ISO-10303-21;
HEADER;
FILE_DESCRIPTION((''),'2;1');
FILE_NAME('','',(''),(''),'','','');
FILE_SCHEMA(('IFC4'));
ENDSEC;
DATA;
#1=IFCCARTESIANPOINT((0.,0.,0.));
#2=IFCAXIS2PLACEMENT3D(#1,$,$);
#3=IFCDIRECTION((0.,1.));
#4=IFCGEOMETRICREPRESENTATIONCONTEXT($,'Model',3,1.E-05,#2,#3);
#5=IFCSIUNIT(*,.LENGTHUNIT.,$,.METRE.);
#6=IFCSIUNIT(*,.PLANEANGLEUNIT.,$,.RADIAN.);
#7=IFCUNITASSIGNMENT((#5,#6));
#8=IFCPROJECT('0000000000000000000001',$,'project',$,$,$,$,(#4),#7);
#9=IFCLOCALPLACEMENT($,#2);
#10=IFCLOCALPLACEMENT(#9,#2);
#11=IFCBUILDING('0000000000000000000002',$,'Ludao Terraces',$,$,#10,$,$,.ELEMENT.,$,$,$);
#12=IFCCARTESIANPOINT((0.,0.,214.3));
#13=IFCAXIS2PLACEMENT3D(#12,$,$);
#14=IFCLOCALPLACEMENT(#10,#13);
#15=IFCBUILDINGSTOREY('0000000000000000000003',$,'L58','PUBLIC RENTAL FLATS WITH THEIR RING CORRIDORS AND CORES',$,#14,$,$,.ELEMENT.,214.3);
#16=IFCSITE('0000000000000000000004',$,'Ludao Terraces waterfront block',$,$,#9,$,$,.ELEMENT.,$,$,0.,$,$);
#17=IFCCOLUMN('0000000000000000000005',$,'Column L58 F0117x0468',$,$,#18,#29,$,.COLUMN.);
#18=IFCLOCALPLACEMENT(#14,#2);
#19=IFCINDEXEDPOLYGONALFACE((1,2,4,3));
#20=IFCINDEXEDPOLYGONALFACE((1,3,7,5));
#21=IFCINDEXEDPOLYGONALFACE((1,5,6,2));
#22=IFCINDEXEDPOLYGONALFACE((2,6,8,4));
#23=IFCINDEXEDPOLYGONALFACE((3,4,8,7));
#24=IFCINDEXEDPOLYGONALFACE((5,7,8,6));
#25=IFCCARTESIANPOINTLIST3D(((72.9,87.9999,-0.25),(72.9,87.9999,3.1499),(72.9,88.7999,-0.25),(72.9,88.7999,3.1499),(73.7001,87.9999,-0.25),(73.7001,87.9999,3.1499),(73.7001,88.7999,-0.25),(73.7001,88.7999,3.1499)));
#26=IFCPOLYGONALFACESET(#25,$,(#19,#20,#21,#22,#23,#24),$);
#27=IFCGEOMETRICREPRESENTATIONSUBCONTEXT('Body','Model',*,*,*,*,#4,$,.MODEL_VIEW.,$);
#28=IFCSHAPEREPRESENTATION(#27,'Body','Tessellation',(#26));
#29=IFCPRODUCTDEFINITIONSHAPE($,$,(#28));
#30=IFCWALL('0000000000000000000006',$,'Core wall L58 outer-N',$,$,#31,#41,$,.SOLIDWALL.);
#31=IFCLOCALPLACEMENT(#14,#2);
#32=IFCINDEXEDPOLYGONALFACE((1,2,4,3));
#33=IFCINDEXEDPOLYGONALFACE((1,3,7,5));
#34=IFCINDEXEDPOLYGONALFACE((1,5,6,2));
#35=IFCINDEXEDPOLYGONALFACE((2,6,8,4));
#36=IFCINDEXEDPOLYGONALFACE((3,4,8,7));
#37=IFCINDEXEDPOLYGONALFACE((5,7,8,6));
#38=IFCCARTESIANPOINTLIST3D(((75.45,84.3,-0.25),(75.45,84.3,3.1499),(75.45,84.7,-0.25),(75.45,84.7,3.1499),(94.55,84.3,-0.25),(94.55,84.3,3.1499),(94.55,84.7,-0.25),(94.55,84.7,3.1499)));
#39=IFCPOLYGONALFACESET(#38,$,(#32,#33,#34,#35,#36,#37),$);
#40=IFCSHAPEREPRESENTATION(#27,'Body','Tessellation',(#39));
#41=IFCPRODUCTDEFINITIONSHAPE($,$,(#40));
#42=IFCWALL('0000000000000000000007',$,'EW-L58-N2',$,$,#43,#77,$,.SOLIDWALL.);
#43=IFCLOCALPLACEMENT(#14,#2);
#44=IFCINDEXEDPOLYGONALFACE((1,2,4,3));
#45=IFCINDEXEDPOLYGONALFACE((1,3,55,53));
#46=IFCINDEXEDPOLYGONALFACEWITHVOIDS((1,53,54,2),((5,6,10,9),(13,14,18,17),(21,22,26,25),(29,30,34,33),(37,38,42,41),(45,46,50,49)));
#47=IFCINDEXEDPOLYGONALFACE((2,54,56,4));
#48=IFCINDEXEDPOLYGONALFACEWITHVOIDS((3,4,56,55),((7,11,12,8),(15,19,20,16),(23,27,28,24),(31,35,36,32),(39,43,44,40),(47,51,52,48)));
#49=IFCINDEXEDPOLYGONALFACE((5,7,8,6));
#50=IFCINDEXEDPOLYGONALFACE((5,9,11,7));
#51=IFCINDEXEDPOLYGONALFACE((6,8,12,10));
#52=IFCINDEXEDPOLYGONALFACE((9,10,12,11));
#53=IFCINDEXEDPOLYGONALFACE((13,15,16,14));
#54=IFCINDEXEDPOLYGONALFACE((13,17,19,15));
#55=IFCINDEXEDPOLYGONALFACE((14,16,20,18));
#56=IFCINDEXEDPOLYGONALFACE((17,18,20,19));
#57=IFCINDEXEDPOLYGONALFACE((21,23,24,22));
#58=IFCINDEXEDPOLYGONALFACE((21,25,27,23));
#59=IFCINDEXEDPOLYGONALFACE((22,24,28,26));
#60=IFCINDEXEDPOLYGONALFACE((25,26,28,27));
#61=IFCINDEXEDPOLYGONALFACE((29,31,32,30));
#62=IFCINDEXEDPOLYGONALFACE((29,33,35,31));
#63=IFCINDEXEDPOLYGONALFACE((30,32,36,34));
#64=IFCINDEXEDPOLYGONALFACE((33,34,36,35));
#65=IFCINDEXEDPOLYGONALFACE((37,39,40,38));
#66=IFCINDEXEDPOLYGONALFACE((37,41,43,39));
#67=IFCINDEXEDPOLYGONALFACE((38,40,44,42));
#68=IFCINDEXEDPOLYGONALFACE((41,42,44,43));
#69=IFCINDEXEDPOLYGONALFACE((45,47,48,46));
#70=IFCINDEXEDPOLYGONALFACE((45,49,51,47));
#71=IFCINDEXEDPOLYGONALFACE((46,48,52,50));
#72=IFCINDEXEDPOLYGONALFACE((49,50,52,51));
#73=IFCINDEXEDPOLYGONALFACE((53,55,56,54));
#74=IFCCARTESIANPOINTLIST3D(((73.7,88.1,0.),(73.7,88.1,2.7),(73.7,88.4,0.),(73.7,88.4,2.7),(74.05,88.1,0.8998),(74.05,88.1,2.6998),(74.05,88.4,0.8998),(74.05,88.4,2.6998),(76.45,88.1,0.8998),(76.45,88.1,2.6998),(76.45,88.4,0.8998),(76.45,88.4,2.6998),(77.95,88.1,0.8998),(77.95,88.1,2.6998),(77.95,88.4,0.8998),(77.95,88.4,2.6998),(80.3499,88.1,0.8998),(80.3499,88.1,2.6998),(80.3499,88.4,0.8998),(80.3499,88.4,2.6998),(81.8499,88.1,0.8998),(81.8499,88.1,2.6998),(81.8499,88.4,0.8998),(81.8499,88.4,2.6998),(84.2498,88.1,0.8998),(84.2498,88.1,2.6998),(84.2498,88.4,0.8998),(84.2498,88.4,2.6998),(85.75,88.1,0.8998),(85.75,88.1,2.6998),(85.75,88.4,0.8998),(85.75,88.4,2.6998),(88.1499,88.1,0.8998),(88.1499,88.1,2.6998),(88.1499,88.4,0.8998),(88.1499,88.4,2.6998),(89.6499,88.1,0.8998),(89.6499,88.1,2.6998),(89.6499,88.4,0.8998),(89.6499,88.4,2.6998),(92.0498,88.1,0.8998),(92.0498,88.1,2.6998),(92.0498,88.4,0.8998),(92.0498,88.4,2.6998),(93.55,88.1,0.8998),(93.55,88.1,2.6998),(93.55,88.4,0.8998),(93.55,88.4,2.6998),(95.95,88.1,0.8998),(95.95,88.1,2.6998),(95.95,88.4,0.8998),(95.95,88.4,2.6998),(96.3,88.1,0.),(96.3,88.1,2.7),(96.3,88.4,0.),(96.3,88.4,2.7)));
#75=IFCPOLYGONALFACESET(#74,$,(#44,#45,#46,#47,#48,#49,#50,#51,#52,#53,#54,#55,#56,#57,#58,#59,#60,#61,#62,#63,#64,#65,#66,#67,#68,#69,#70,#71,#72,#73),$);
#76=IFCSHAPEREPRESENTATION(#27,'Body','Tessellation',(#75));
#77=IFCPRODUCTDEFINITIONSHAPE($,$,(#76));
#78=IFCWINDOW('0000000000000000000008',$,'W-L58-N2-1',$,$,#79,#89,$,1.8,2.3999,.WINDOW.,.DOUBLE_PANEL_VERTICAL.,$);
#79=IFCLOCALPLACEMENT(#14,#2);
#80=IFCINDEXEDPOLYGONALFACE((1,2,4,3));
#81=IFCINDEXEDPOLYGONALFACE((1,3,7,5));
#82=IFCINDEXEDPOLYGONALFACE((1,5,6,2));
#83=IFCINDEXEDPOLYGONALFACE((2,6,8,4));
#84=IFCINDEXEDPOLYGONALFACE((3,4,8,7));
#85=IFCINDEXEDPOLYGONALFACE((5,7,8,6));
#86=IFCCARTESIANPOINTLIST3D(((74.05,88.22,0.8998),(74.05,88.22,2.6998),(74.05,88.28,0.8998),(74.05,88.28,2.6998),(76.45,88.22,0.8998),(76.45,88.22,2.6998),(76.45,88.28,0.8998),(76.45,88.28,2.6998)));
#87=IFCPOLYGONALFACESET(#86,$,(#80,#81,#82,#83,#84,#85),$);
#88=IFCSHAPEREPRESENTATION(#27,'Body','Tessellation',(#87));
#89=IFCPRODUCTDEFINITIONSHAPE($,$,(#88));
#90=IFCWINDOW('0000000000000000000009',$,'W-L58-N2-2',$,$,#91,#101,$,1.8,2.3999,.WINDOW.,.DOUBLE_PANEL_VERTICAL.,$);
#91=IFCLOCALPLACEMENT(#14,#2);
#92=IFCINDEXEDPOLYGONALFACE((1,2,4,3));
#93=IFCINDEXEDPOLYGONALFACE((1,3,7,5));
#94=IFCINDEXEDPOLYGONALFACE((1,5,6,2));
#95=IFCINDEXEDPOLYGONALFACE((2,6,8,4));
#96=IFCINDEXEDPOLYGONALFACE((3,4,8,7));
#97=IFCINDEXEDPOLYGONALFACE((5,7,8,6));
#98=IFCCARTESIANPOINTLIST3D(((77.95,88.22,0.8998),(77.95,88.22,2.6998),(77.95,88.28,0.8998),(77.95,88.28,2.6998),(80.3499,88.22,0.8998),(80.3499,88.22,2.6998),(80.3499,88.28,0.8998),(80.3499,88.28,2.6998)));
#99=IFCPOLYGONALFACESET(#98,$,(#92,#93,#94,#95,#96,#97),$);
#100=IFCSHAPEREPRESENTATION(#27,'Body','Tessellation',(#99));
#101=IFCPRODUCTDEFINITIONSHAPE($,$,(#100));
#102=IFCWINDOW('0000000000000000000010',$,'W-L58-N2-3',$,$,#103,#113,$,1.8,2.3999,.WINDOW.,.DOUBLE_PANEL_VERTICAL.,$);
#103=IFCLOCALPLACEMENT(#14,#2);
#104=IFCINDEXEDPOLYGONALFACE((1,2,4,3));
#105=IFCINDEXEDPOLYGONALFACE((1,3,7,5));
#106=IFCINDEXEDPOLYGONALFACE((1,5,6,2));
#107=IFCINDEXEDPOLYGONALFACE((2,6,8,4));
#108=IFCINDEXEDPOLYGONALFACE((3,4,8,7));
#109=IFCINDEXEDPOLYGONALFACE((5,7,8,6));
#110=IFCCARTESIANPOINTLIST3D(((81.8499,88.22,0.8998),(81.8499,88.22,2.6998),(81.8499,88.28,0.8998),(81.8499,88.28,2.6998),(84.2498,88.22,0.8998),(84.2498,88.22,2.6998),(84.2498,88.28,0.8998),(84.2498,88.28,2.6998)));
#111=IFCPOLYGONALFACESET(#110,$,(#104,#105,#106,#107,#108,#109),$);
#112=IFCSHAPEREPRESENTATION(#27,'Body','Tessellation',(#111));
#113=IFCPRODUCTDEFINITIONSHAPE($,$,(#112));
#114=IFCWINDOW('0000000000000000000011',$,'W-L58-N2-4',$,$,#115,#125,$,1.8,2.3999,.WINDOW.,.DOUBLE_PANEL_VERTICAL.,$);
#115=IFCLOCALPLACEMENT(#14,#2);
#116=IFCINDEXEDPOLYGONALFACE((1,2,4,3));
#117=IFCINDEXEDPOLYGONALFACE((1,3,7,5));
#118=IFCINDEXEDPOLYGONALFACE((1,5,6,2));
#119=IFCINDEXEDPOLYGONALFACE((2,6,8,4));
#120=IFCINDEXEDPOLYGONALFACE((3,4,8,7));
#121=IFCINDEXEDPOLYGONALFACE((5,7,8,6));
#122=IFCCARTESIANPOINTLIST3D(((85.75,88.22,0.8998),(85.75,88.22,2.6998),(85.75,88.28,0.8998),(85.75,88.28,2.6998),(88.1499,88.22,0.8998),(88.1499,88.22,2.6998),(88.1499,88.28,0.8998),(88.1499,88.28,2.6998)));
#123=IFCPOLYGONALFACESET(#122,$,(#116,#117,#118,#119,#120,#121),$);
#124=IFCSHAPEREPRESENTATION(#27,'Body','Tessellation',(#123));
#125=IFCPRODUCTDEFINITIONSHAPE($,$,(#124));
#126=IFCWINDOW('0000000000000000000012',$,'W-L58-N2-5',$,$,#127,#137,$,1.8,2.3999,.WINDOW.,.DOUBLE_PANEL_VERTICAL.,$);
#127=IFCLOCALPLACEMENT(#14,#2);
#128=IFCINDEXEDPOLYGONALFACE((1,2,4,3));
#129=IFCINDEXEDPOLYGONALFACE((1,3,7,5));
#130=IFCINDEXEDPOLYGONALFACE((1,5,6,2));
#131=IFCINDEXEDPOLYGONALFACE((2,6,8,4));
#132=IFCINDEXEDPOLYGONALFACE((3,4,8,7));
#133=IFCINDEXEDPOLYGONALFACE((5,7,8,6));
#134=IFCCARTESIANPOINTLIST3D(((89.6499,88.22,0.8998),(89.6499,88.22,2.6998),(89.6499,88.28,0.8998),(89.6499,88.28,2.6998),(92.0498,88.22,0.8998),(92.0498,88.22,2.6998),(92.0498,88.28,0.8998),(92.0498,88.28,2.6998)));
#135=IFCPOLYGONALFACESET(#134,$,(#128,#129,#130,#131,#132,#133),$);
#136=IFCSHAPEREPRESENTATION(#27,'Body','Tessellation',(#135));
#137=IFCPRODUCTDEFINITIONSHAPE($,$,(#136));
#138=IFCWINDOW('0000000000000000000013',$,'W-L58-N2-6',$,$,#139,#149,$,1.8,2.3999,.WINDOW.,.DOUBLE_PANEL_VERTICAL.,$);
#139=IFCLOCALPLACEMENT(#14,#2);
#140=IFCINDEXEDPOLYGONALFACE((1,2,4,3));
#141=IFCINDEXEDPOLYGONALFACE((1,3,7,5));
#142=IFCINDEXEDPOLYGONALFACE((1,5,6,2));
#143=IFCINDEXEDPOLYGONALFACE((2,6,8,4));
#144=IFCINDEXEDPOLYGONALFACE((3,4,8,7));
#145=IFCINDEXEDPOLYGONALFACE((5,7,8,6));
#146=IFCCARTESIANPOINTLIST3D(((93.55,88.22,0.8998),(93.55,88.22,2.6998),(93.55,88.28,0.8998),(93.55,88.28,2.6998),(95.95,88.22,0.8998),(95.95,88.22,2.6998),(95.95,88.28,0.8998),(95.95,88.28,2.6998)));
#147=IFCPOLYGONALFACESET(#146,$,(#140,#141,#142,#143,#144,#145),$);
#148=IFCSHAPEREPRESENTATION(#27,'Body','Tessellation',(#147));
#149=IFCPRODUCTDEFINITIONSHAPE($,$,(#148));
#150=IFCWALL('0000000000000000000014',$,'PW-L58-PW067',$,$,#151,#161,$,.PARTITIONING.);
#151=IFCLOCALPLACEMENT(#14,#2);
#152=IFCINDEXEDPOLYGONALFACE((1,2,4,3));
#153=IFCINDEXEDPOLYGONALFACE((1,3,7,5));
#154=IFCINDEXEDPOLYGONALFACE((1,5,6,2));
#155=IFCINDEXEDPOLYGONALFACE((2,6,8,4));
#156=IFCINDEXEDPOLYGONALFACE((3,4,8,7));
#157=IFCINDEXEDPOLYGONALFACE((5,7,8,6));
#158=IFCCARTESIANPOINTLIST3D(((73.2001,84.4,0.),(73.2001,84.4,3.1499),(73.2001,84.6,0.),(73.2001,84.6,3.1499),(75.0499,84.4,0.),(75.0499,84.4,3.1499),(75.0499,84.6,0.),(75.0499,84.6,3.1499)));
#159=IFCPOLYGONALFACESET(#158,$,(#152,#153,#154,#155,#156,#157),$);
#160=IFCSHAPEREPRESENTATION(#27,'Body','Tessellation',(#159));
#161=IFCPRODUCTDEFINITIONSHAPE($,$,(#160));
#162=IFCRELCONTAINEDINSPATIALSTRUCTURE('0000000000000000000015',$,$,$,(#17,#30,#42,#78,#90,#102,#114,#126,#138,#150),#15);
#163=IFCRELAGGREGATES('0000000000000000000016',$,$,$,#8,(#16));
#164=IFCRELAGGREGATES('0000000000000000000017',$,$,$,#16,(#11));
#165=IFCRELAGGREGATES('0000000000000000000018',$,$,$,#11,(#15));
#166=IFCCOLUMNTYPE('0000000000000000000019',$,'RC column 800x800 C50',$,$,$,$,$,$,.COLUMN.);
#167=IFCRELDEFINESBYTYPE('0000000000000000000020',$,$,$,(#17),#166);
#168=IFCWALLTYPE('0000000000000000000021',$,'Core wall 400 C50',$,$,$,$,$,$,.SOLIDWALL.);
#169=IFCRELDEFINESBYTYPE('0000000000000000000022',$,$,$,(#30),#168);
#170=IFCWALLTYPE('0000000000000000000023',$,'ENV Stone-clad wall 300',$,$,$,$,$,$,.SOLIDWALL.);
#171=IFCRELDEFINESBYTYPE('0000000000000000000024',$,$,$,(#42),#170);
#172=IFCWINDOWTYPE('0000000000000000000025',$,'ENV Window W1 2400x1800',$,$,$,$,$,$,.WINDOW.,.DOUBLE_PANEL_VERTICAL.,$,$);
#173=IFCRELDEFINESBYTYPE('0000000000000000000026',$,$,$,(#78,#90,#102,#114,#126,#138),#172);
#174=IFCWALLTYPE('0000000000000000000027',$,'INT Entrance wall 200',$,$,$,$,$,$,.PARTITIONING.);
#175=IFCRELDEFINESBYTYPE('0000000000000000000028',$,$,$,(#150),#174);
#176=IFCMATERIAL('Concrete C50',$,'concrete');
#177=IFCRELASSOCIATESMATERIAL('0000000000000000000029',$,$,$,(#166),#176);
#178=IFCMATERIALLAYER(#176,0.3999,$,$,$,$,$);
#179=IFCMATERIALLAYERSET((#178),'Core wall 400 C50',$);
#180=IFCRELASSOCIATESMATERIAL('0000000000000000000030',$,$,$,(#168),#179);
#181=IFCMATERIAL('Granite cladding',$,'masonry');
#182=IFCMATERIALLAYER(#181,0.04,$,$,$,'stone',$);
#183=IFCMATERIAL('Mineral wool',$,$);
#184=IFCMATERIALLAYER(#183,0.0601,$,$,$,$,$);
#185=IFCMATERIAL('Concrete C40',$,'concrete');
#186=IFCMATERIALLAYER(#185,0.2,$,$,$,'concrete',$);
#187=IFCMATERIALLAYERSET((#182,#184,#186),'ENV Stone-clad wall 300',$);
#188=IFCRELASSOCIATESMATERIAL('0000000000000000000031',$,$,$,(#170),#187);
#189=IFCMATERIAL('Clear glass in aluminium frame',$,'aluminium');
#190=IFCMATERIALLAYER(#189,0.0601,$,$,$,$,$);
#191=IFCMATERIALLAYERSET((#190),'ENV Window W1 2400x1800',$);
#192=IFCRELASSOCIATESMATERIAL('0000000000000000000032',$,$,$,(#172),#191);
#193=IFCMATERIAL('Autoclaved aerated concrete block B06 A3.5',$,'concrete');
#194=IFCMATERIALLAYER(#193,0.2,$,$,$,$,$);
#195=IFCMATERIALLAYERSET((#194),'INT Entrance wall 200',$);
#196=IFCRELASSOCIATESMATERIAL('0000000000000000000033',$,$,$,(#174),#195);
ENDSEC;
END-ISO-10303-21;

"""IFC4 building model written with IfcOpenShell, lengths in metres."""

from ifc_helpers import new_model, si_unit, direction, frame, frame_2d, origin, origin_2d, place, context, subcontext, project, spatial, rectangle, extrude, material, layer, layer_set, material_profile, profile_set, type_object, element, fill, save


model = new_model("IFC4")

# Units and contexts
model_context = context("Model", 3, precision=1e-05, world=origin(), true_north=direction((0.0, 1.0)))
body_context = subcontext(model_context, "Body", "Model", "MODEL_VIEW")
ifc_project = project(units=[si_unit("LENGTHUNIT", "METRE"), si_unit("PLANEANGLEUNIT", "RADIAN")], contexts=[model_context])

# Site, building, storey
site_placement = place(None, origin())
site = spatial("IfcSite", under=ifc_project, at=site_placement, Name="Ludao Terraces waterfront block", CompositionType="ELEMENT", RefElevation=0.0)
building_placement = place(site_placement, origin())
building = spatial("IfcBuilding", under=site, at=building_placement, Name="Ludao Terraces", CompositionType="ELEMENT")
storey_placement = place(building_placement, frame((0.0, 0.0, 214.3)))
storey = spatial("IfcBuildingStorey", under=building, at=storey_placement, Name="L58", Description="PUBLIC RENTAL FLATS WITH THEIR RING CORRIDORS AND CORES", CompositionType="ELEMENT", Elevation=214.3)

# Column
ifc_material_1 = material(Name="Concrete C50", Category="concrete")
ifc_material_profile = material_profile(ifc_material_1, rectangle(XDim=0.8, YDim=0.8, at=origin_2d()), Name="800 X 800")
ifc_profile_set = profile_set([ifc_material_profile], Name="Concrete C50")
column_type = type_object("IfcColumnType", Name="RC column 800x800 C50", PredefinedType="COLUMN", material=ifc_profile_set)
column_placement = place(storey_placement, frame((73.3, 88.3999, -0.25), z_axis=(0.0, 0.0, 1.0), x_axis=(1.0, 0.0, 0.0)))
element("IfcColumn", 1, at=column_placement, inside=storey, type_object=column_type, Name="Column L58 F0117x0468", PredefinedType="COLUMN", context=body_context, shape_type="SweptSolid", body=[
    extrude(rectangle(XDim=0.8, YDim=0.8, at=origin_2d()), origin(), (0.0, 0.0, 1.0), 3.3999),
])

# Wall
ifc_layer_1 = layer(ifc_material_1, 0.3999)
ifc_layer_set_1 = layer_set([ifc_layer_1], Name="Core wall 400 C50")
wall_type_1 = type_object("IfcWallType", Name="Core wall 400 C50", PredefinedType="SOLIDWALL", material=ifc_layer_set_1)
wall_1_placement = place(storey_placement, frame((75.45, 84.5, -0.25), z_axis=(0.0, 0.0, 1.0), x_axis=(1.0, 0.0, 0.0)))
element("IfcWall", 2, at=wall_1_placement, inside=storey, type_object=wall_type_1, Name="Core wall L58 outer-N", PredefinedType="SOLIDWALL", context=body_context, shape_type="SweptSolid", body=[
    extrude(rectangle(XDim=19.1001, YDim=0.3999, at=frame_2d((9.55, 0.0))), origin(), (0.0, 0.0, 1.0), 3.3999),
])

# Wall, openings, windows
ifc_material_2 = material(Name="Granite cladding", Category="masonry")
ifc_layer_2 = layer(ifc_material_2, 0.04, Category="stone")
ifc_material_3 = material(Name="Mineral wool")
ifc_layer_3 = layer(ifc_material_3, 0.0601)
ifc_material_4 = material(Name="Concrete C40", Category="concrete")
ifc_layer_4 = layer(ifc_material_4, 0.2, Category="concrete")
ifc_layer_set_2 = layer_set([ifc_layer_2, ifc_layer_3, ifc_layer_4], Name="ENV Stone-clad wall 300")
wall_type_2 = type_object("IfcWallType", Name="ENV Stone-clad wall 300", PredefinedType="SOLIDWALL", material=ifc_layer_set_2)
wall_2_placement = place(storey_placement, frame((73.7, 88.25, 0.0), z_axis=(0.0, 0.0, 1.0), x_axis=(1.0, 0.0, 0.0)))
wall_2 = element("IfcWall", 3, at=wall_2_placement, inside=storey, type_object=wall_type_2, Name="EW-L58-N2", PredefinedType="SOLIDWALL", context=body_context, shape_type="SweptSolid", body=[
    extrude(rectangle(XDim=22.6001, YDim=0.3, at=frame_2d((11.3, 0.0))), origin(), (0.0, 0.0, 1.0), 2.7),
])
opening_1_placement = place(wall_2_placement, frame((0.3501, 0.0, 0.8999)))
opening_1 = element("IfcOpeningElement", 4, at=opening_1_placement, cuts=wall_2, PredefinedType="OPENING", context=body_context, shape_type="SweptSolid", body=[
    extrude(rectangle(XDim=2.3999, YDim=1.8, at=frame_2d((1.2, 0.8999))), frame((0.0, 0.1602, 0.0), z_axis=(0.0, -1.0, 0.0), x_axis=(1.0, 0.0, 0.0)), (0.0, 0.0, 1.0), 0.3201),
])
opening_2_placement = place(wall_2_placement, frame((4.25, 0.0, 0.8999)))
opening_2 = element("IfcOpeningElement", 5, at=opening_2_placement, cuts=wall_2, PredefinedType="OPENING", context=body_context, shape_type="SweptSolid", body=[
    extrude(rectangle(XDim=2.3999, YDim=1.8, at=frame_2d((1.2, 0.8999))), frame((0.0, 0.1602, 0.0), z_axis=(0.0, -1.0, 0.0), x_axis=(1.0, 0.0, 0.0)), (0.0, 0.0, 1.0), 0.3201),
])
opening_3_placement = place(wall_2_placement, frame((8.1499, 0.0, 0.8999)))
opening_3 = element("IfcOpeningElement", 6, at=opening_3_placement, cuts=wall_2, PredefinedType="OPENING", context=body_context, shape_type="SweptSolid", body=[
    extrude(rectangle(XDim=2.3999, YDim=1.8, at=frame_2d((1.2, 0.8999))), frame((0.0, 0.1602, 0.0), z_axis=(0.0, -1.0, 0.0), x_axis=(1.0, 0.0, 0.0)), (0.0, 0.0, 1.0), 0.3201),
])
opening_4_placement = place(wall_2_placement, frame((12.05, 0.0, 0.8999)))
opening_4 = element("IfcOpeningElement", 7, at=opening_4_placement, cuts=wall_2, PredefinedType="OPENING", context=body_context, shape_type="SweptSolid", body=[
    extrude(rectangle(XDim=2.3999, YDim=1.8, at=frame_2d((1.2, 0.8999))), frame((0.0, 0.1602, 0.0), z_axis=(0.0, -1.0, 0.0), x_axis=(1.0, 0.0, 0.0)), (0.0, 0.0, 1.0), 0.3201),
])
opening_5_placement = place(wall_2_placement, frame((15.95, 0.0, 0.8999)))
opening_5 = element("IfcOpeningElement", 8, at=opening_5_placement, cuts=wall_2, PredefinedType="OPENING", context=body_context, shape_type="SweptSolid", body=[
    extrude(rectangle(XDim=2.3999, YDim=1.8, at=frame_2d((1.2, 0.8999))), frame((0.0, 0.1602, 0.0), z_axis=(0.0, -1.0, 0.0), x_axis=(1.0, 0.0, 0.0)), (0.0, 0.0, 1.0), 0.3201),
])
opening_6_placement = place(wall_2_placement, frame((19.8501, 0.0, 0.8999)))
opening_6 = element("IfcOpeningElement", 9, at=opening_6_placement, cuts=wall_2, PredefinedType="OPENING", context=body_context, shape_type="SweptSolid", body=[
    extrude(rectangle(XDim=2.3999, YDim=1.8, at=frame_2d((1.2, 0.8999))), frame((0.0, 0.1602, 0.0), z_axis=(0.0, -1.0, 0.0), x_axis=(1.0, 0.0, 0.0)), (0.0, 0.0, 1.0), 0.3201),
])
ifc_material_5 = material(Name="Clear glass in aluminium frame", Category="aluminium")
ifc_layer_5 = layer(ifc_material_5, 0.0601)
ifc_layer_set_3 = layer_set([ifc_layer_5], Name="ENV Window W1 2400x1800")
window_type = type_object("IfcWindowType", Name="ENV Window W1 2400x1800", PartitioningType="DOUBLE_PANEL_VERTICAL", PredefinedType="WINDOW", material=ifc_layer_set_3)
window_1_placement = place(opening_1_placement, origin())
window_1 = element("IfcWindow", 10, at=window_1_placement, inside=storey, type_object=window_type, Name="W-L58-N2-1", OverallHeight=1.8, OverallWidth=2.3999, PartitioningType="DOUBLE_PANEL_VERTICAL", PredefinedType="WINDOW", context=body_context, shape_type="SweptSolid", body=[
    extrude(rectangle(XDim=2.3999, YDim=1.8, at=frame_2d((1.2, 0.8999))), frame((0.0, 0.03, 0.0), z_axis=(0.0, -1.0, 0.0), x_axis=(1.0, 0.0, 0.0)), (0.0, 0.0, 1.0), 0.0601),
])
fill(opening_1, window_1)
window_2_placement = place(opening_2_placement, origin())
window_2 = element("IfcWindow", 11, at=window_2_placement, inside=storey, type_object=window_type, Name="W-L58-N2-2", OverallHeight=1.8, OverallWidth=2.3999, PartitioningType="DOUBLE_PANEL_VERTICAL", PredefinedType="WINDOW", context=body_context, shape_type="SweptSolid", body=[
    extrude(rectangle(XDim=2.3999, YDim=1.8, at=frame_2d((1.2, 0.8999))), frame((0.0, 0.03, 0.0), z_axis=(0.0, -1.0, 0.0), x_axis=(1.0, 0.0, 0.0)), (0.0, 0.0, 1.0), 0.0601),
])
fill(opening_2, window_2)
window_3_placement = place(opening_3_placement, origin())
window_3 = element("IfcWindow", 12, at=window_3_placement, inside=storey, type_object=window_type, Name="W-L58-N2-3", OverallHeight=1.8, OverallWidth=2.3999, PartitioningType="DOUBLE_PANEL_VERTICAL", PredefinedType="WINDOW", context=body_context, shape_type="SweptSolid", body=[
    extrude(rectangle(XDim=2.3999, YDim=1.8, at=frame_2d((1.2, 0.8999))), frame((0.0, 0.03, 0.0), z_axis=(0.0, -1.0, 0.0), x_axis=(1.0, 0.0, 0.0)), (0.0, 0.0, 1.0), 0.0601),
])
fill(opening_3, window_3)
window_4_placement = place(opening_4_placement, origin())
window_4 = element("IfcWindow", 13, at=window_4_placement, inside=storey, type_object=window_type, Name="W-L58-N2-4", OverallHeight=1.8, OverallWidth=2.3999, PartitioningType="DOUBLE_PANEL_VERTICAL", PredefinedType="WINDOW", context=body_context, shape_type="SweptSolid", body=[
    extrude(rectangle(XDim=2.3999, YDim=1.8, at=frame_2d((1.2, 0.8999))), frame((0.0, 0.03, 0.0), z_axis=(0.0, -1.0, 0.0), x_axis=(1.0, 0.0, 0.0)), (0.0, 0.0, 1.0), 0.0601),
])
fill(opening_4, window_4)
window_5_placement = place(opening_5_placement, origin())
window_5 = element("IfcWindow", 14, at=window_5_placement, inside=storey, type_object=window_type, Name="W-L58-N2-5", OverallHeight=1.8, OverallWidth=2.3999, PartitioningType="DOUBLE_PANEL_VERTICAL", PredefinedType="WINDOW", context=body_context, shape_type="SweptSolid", body=[
    extrude(rectangle(XDim=2.3999, YDim=1.8, at=frame_2d((1.2, 0.8999))), frame((0.0, 0.03, 0.0), z_axis=(0.0, -1.0, 0.0), x_axis=(1.0, 0.0, 0.0)), (0.0, 0.0, 1.0), 0.0601),
])
fill(opening_5, window_5)
window_6_placement = place(opening_6_placement, origin())
window_6 = element("IfcWindow", 15, at=window_6_placement, inside=storey, type_object=window_type, Name="W-L58-N2-6", OverallHeight=1.8, OverallWidth=2.3999, PartitioningType="DOUBLE_PANEL_VERTICAL", PredefinedType="WINDOW", context=body_context, shape_type="SweptSolid", body=[
    extrude(rectangle(XDim=2.3999, YDim=1.8, at=frame_2d((1.2, 0.8999))), frame((0.0, 0.03, 0.0), z_axis=(0.0, -1.0, 0.0), x_axis=(1.0, 0.0, 0.0)), (0.0, 0.0, 1.0), 0.0601),
])
fill(opening_6, window_6)

# Wall
ifc_material_6 = material(Name="Autoclaved aerated concrete block B06 A3.5", Category="concrete")
ifc_layer_6 = layer(ifc_material_6, 0.2)
ifc_layer_set_4 = layer_set([ifc_layer_6], Name="INT Entrance wall 200")
wall_type_3 = type_object("IfcWallType", Name="INT Entrance wall 200", PredefinedType="PARTITIONING", material=ifc_layer_set_4)
wall_3_placement = place(storey_placement, frame((73.2002, 84.5, 0.0), z_axis=(0.0, 0.0, 1.0), x_axis=(1.0, 0.0, 0.0)))
element("IfcWall", 16, at=wall_3_placement, inside=storey, type_object=wall_type_3, Name="PW-L58-PW067", PredefinedType="PARTITIONING", context=body_context, shape_type="SweptSolid", body=[
    extrude(rectangle(XDim=1.8499, YDim=0.2, at=frame_2d((0.9248, 0.0))), origin(), (0.0, 0.0, 1.0), 3.1499),
])

save(model, "model.ifc")
